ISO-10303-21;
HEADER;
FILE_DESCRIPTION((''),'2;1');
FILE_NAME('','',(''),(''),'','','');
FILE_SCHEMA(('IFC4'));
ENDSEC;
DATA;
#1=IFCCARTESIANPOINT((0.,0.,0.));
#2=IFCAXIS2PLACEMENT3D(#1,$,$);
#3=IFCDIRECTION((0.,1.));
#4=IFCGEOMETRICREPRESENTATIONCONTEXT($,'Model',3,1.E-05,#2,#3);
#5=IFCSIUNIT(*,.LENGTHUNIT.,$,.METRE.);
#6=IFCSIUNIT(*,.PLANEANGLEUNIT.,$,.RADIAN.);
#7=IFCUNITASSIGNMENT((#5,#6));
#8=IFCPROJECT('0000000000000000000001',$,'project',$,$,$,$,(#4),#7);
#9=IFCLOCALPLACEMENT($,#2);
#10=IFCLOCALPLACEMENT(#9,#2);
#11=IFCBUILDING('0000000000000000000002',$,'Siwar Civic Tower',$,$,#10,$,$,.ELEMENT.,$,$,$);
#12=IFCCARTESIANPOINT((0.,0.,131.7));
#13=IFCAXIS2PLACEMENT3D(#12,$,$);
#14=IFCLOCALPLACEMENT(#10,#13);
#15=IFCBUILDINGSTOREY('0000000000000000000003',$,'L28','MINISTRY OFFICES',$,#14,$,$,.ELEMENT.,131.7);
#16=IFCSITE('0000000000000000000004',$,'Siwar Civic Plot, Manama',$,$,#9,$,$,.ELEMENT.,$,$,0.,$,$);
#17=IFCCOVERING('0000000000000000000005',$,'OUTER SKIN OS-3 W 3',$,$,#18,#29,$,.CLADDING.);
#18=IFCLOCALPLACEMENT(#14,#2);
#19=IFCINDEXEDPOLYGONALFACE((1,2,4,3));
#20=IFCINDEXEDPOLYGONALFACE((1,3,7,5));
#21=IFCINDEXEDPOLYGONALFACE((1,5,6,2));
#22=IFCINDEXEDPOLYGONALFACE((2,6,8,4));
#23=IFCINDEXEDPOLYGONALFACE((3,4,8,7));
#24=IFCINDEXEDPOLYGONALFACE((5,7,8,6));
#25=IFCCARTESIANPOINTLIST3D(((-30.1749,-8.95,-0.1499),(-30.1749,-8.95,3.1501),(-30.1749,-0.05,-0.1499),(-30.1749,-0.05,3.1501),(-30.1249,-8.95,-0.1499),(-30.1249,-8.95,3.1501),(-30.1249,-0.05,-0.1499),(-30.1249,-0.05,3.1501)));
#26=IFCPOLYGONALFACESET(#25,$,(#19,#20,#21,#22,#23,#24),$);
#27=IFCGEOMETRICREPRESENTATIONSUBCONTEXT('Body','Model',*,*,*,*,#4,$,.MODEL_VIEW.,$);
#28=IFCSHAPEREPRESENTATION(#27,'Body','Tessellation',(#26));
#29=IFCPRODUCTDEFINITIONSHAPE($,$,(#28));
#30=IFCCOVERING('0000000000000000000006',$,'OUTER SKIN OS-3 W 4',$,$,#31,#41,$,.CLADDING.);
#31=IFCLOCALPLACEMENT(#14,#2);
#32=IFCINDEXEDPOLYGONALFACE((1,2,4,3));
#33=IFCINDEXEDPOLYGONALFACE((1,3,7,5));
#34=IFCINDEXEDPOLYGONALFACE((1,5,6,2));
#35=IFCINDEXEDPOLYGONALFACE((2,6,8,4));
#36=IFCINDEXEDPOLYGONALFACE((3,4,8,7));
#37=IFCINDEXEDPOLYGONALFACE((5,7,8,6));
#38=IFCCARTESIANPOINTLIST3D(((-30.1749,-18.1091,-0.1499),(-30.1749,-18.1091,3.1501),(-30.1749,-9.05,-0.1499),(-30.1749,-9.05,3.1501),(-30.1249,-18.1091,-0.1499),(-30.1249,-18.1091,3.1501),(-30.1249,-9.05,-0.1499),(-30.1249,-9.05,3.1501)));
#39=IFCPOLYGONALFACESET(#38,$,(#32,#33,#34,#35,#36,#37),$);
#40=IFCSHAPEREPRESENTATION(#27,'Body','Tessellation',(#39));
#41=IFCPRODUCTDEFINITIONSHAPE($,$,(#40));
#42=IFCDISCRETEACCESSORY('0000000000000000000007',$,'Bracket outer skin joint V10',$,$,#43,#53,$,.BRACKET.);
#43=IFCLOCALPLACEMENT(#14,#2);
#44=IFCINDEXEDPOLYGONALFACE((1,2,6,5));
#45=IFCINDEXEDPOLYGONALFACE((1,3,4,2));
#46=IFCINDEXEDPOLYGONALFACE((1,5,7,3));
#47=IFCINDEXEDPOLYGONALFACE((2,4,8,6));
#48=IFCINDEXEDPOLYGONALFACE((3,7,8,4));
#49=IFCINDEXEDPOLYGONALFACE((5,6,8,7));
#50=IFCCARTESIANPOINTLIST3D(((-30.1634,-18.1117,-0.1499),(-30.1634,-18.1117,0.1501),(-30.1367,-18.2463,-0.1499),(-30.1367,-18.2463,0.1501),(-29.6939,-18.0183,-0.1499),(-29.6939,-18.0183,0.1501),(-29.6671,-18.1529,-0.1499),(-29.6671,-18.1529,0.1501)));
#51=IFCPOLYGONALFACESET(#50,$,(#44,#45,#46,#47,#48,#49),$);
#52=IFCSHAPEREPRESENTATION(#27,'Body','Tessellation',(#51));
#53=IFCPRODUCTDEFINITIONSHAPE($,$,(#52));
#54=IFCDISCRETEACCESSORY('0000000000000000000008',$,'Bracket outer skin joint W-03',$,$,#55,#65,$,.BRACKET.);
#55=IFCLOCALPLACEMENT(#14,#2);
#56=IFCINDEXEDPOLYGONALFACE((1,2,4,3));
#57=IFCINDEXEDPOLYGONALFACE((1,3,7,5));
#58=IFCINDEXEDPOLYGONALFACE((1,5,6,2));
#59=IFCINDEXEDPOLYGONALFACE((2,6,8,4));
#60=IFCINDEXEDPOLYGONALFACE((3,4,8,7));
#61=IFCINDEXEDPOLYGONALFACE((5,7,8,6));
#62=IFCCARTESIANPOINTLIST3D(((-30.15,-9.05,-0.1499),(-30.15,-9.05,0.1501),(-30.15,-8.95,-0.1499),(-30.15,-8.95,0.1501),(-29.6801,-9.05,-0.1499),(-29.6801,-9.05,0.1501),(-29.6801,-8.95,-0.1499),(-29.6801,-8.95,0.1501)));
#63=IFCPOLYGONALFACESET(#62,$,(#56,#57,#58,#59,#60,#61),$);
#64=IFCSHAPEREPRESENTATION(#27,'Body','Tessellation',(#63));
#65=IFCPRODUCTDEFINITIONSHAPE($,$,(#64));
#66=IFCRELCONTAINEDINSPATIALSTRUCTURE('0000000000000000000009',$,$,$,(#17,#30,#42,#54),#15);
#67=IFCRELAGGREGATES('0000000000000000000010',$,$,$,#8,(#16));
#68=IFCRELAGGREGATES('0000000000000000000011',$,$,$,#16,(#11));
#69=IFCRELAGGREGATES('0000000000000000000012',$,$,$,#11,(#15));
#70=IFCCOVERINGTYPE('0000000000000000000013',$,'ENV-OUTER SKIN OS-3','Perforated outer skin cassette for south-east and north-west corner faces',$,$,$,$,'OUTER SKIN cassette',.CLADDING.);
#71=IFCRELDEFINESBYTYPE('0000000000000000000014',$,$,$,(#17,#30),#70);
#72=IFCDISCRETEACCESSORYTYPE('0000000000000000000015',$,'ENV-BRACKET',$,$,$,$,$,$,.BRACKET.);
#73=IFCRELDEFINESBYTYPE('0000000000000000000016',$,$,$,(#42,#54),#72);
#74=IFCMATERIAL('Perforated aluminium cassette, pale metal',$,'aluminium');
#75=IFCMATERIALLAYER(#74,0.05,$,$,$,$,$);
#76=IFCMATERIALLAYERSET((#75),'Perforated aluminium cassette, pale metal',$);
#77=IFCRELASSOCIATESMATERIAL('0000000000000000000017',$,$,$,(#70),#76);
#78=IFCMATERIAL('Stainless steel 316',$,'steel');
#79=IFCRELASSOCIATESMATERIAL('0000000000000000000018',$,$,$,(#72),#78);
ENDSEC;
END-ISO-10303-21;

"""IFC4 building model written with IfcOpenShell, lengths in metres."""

from ifc_helpers import new_model, si_unit, direction, frame, origin, origin_2d, place, context, subcontext, project, spatial, rectangle, extrude, material, layer, layer_set, type_object, element, save


model = new_model("IFC4")

# Units and contexts
model_context = context("Model", 3, precision=1e-05, world=origin(), true_north=direction((0.0, 1.0)))
body_context = subcontext(model_context, "Body", "Model", "MODEL_VIEW")
ifc_project = project(units=[si_unit("LENGTHUNIT", "METRE"), si_unit("PLANEANGLEUNIT", "RADIAN")], contexts=[model_context])

# Site, building, storey
site_placement = place(None, origin())
site = spatial("IfcSite", under=ifc_project, at=site_placement, Name="Siwar Civic Plot, Manama", CompositionType="ELEMENT", RefElevation=0.0)
building_placement = place(site_placement, origin())
building = spatial("IfcBuilding", under=site, at=building_placement, Name="Siwar Civic Tower", CompositionType="ELEMENT")
storey_placement = place(building_placement, frame((0.0, 0.0, 131.7)))
storey = spatial("IfcBuildingStorey", under=building, at=storey_placement, Name="L28", Description="MINISTRY OFFICES", CompositionType="ELEMENT", Elevation=131.7)

# Coverings
ifc_material_1 = material(Name="Perforated aluminium cassette, pale metal", Category="aluminium")
ifc_layer_1 = layer(ifc_material_1, 0.05)
ifc_layer_set_1 = layer_set([ifc_layer_1], Name="Perforated aluminium cassette, pale metal")
covering_type = type_object("IfcCoveringType", Name="ENV-OUTER SKIN OS-3", Description="Perforated outer skin cassette for south-east and north-west corner faces", ElementType="OUTER SKIN cassette", PredefinedType="CLADDING", material=ifc_layer_set_1)
covering_1_placement = place(storey_placement, frame((-30.1499, -4.5, -0.1499), z_axis=(0.0, 0.0, 1.0), x_axis=(0.0, -1.0, 0.0)))
element("IfcCovering", 1, at=covering_1_placement, inside=storey, type_object=covering_type, Name="OUTER SKIN OS-3 W 3", PredefinedType="CLADDING", context=body_context, shape_type="SweptSolid", body=[
    extrude(rectangle(XDim=8.8999, YDim=0.05, at=origin_2d()), origin(), (0.0, 0.0, 1.0), 3.3),
])
covering_2_placement = place(storey_placement, frame((-30.1499, -13.5796, -0.1499), z_axis=(0.0, 0.0, 1.0), x_axis=(0.0, -1.0, 0.0)))
element("IfcCovering", 2, at=covering_2_placement, inside=storey, type_object=covering_type, Name="OUTER SKIN OS-3 W 4", PredefinedType="CLADDING", context=body_context, shape_type="SweptSolid", body=[
    extrude(rectangle(XDim=9.0591, YDim=0.05, at=origin_2d()), origin(), (0.0, 0.0, 1.0), 3.3),
])

# Discrete accessories
ifc_material_2 = material(Name="Stainless steel 316", Category="steel")
discrete_accessory_type = type_object("IfcDiscreteAccessoryType", Name="ENV-BRACKET", PredefinedType="BRACKET", material=ifc_material_2)
discrete_accessory_1_placement = place(storey_placement, frame((-29.9153, -18.1323, -0.1499), z_axis=(0.0, 0.0, 1.0), x_axis=(-0.980785, -0.19509, 0.0)))
element("IfcDiscreteAccessory", 3, at=discrete_accessory_1_placement, inside=storey, type_object=discrete_accessory_type, Name="Bracket outer skin joint V10", PredefinedType="BRACKET", context=body_context, shape_type="SweptSolid", body=[
    extrude(rectangle(XDim=0.4788, YDim=0.1372, at=origin_2d()), origin(), (0.0, 0.0, 1.0), 0.3),
])
discrete_accessory_2_placement = place(storey_placement, frame((-29.915, -9.0, -0.1499), z_axis=(0.0, 0.0, 1.0), x_axis=(-1.0, 0.0, 0.0)))
element("IfcDiscreteAccessory", 4, at=discrete_accessory_2_placement, inside=storey, type_object=discrete_accessory_type, Name="Bracket outer skin joint W-03", PredefinedType="BRACKET", context=body_context, shape_type="SweptSolid", body=[
    extrude(rectangle(XDim=0.47, YDim=0.1001, at=origin_2d()), origin(), (0.0, 0.0, 1.0), 0.3),
])

save(model, "model.ifc")
